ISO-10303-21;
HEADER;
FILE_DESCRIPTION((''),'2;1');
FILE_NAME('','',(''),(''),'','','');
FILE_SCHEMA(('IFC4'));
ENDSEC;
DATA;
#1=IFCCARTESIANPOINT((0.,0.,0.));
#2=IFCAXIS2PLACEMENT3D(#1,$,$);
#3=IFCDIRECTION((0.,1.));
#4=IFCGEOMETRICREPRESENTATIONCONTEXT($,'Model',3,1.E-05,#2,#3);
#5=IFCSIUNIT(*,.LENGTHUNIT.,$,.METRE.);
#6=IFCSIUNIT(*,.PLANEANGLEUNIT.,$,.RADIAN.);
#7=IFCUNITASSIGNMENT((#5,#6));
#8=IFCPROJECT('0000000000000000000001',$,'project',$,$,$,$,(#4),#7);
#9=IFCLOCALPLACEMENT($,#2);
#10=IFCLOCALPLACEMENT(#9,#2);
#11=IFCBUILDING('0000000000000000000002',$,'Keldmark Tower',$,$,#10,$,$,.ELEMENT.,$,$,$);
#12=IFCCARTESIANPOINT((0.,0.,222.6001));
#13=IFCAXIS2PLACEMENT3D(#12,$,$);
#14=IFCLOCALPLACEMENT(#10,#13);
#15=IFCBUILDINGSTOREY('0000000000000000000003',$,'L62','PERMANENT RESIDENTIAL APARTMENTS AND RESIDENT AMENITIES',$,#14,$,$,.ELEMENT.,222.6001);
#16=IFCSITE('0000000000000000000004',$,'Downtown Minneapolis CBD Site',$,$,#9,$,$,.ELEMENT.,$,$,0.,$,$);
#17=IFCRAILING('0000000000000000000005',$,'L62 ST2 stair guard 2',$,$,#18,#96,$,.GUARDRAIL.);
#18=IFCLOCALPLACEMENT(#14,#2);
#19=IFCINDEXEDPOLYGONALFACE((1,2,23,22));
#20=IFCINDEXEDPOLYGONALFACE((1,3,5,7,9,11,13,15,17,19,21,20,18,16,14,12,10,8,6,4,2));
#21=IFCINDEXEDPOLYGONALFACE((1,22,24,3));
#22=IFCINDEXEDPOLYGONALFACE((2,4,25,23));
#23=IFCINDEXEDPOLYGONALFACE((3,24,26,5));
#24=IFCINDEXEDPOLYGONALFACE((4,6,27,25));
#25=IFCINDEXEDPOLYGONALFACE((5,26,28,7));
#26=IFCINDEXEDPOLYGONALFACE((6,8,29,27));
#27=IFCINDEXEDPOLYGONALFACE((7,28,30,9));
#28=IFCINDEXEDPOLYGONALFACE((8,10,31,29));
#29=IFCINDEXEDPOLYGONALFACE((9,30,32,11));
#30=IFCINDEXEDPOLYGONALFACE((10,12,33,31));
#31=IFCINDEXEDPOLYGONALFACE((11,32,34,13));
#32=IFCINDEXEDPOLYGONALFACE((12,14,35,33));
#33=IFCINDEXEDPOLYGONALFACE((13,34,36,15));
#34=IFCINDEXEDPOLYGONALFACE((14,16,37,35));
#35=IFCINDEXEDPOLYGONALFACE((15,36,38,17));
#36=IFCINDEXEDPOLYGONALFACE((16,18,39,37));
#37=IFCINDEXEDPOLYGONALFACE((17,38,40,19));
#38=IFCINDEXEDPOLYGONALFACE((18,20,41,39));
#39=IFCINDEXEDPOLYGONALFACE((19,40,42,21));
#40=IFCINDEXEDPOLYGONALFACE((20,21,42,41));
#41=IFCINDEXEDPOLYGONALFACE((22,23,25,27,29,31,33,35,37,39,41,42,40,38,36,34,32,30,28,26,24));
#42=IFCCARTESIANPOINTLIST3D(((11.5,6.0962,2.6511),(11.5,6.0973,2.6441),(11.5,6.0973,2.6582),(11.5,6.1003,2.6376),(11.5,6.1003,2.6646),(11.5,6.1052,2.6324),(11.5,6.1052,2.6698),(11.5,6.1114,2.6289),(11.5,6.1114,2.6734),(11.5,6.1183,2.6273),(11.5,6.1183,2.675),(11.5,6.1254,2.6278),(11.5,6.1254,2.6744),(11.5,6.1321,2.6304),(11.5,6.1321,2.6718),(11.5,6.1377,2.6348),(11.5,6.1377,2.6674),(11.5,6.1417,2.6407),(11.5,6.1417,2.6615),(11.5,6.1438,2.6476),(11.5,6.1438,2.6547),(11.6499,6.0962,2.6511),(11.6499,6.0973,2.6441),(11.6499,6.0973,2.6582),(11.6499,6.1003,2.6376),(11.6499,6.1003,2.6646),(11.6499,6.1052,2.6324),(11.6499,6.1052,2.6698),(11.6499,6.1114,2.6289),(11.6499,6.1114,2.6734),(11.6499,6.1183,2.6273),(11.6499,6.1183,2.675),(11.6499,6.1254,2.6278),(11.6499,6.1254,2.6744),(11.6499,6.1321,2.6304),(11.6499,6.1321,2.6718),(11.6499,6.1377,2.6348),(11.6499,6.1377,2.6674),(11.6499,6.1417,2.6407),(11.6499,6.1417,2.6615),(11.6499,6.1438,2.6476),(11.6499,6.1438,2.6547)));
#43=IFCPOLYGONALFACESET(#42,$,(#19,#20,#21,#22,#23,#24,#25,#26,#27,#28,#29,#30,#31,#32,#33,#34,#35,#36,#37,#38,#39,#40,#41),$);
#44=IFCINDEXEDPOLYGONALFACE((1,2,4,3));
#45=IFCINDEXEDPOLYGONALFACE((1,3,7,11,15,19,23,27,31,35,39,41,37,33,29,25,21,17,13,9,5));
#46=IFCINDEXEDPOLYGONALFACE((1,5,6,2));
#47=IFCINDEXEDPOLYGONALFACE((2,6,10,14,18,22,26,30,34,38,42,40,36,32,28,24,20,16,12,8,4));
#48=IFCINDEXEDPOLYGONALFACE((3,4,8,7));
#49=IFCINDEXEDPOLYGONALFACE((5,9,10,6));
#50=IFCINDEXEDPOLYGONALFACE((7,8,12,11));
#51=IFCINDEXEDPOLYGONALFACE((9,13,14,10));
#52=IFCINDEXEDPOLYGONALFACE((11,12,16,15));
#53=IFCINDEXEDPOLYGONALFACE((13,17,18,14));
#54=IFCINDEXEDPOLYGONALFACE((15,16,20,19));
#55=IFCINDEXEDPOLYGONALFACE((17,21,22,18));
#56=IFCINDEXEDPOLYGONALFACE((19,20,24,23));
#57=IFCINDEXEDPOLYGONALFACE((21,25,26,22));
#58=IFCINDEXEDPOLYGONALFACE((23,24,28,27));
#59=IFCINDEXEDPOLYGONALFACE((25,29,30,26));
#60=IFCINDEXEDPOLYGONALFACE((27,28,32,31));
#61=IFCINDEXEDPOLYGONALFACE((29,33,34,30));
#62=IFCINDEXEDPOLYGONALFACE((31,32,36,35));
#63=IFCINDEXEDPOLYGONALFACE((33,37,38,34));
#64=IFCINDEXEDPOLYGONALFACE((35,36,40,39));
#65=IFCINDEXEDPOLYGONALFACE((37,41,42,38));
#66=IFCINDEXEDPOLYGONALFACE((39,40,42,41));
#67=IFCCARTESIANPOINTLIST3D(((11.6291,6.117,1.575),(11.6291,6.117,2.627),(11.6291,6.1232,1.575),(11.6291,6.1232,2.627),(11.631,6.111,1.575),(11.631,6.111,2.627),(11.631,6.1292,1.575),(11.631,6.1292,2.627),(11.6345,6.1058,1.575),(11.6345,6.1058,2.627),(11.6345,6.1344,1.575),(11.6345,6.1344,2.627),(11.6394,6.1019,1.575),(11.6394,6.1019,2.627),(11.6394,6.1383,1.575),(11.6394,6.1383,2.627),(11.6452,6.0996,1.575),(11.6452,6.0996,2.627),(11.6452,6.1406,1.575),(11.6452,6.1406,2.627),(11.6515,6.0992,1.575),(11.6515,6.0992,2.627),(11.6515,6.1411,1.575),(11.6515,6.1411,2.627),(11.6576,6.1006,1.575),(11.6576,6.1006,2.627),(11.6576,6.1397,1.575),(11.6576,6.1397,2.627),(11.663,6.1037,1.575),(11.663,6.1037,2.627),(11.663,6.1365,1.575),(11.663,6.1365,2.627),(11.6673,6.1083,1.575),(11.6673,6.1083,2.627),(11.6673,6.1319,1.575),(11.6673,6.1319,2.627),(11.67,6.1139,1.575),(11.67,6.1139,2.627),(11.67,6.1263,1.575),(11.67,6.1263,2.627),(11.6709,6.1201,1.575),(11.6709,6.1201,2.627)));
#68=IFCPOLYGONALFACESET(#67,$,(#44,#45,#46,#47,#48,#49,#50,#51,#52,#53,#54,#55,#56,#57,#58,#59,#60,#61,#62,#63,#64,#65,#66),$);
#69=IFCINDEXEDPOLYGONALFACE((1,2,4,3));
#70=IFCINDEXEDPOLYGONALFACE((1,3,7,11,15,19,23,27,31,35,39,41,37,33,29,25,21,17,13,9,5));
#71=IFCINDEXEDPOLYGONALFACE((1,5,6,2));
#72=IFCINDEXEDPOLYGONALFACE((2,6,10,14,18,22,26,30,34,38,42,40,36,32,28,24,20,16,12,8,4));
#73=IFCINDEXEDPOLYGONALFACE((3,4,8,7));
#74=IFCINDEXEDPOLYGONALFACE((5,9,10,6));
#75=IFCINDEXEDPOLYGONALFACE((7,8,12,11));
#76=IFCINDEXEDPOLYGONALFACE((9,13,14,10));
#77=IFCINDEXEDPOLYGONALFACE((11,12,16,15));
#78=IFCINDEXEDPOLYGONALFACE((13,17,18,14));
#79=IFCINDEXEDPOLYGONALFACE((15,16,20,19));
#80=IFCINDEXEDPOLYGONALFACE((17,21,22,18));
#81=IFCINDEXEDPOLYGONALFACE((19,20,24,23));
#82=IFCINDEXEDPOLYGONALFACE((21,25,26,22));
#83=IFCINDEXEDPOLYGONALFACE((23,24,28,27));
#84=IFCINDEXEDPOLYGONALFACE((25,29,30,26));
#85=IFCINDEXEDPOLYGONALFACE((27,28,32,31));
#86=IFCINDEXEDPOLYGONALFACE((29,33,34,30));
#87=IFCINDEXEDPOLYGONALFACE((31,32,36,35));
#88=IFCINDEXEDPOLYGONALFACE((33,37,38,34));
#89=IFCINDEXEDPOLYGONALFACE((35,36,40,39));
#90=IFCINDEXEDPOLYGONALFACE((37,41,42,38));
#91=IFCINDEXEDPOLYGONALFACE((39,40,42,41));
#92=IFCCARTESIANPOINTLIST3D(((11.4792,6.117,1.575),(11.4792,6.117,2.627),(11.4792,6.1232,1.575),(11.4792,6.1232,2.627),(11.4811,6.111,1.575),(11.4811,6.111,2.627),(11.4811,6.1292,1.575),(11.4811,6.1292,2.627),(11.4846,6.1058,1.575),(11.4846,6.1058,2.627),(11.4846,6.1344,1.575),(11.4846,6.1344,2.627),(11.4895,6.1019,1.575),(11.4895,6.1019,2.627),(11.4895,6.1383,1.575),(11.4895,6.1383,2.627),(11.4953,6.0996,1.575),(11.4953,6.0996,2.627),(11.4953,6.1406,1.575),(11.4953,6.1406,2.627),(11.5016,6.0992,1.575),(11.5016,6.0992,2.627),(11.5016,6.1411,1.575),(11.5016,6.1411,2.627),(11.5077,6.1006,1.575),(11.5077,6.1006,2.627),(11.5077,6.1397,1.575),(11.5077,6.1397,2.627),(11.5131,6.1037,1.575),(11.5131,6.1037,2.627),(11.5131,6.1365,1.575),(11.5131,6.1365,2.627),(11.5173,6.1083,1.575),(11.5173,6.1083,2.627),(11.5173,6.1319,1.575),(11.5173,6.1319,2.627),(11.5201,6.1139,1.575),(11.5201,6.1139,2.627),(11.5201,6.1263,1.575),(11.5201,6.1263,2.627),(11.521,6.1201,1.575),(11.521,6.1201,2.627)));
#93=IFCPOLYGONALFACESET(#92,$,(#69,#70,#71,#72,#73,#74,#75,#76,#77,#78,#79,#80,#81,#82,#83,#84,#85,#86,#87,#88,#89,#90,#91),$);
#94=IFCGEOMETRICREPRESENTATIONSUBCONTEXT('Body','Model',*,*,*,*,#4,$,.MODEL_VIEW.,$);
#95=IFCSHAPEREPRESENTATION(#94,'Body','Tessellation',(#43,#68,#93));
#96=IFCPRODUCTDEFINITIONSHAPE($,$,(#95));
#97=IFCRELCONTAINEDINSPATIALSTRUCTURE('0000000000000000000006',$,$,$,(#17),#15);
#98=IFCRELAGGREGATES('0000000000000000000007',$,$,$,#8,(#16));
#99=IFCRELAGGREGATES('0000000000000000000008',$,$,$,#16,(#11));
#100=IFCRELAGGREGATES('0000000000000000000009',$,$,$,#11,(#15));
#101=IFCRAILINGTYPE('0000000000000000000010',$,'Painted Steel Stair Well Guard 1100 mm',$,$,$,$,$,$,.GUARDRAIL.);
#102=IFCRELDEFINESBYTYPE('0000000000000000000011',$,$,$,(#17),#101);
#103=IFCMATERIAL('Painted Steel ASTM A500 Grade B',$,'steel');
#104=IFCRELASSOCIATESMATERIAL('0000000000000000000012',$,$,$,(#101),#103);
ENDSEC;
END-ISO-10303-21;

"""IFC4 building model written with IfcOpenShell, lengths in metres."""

from ifc_helpers import new_model, si_unit, direction, frame, origin, origin_2d, place, context, subcontext, project, spatial, circle, extrude, material, type_object, element, save


model = new_model("IFC4")

# Units and contexts
model_context = context("Model", 3, precision=1e-05, world=origin(), true_north=direction((0.0, 1.0)))
body_context = subcontext(model_context, "Body", "Model", "MODEL_VIEW")
ifc_project = project(units=[si_unit("LENGTHUNIT", "METRE"), si_unit("PLANEANGLEUNIT", "RADIAN")], contexts=[model_context])

# Site, building, storey
site_placement = place(None, origin())
site = spatial("IfcSite", under=ifc_project, at=site_placement, Name="Downtown Minneapolis CBD Site", CompositionType="ELEMENT", RefElevation=0.0)
building_placement = place(site_placement, origin())
building = spatial("IfcBuilding", under=site, at=building_placement, Name="Keldmark Tower", CompositionType="ELEMENT")
storey_placement = place(building_placement, frame((0.0, 0.0, 222.6001)))
storey = spatial("IfcBuildingStorey", under=building, at=storey_placement, Name="L62", Description="PERMANENT RESIDENTIAL APARTMENTS AND RESIDENT AMENITIES", CompositionType="ELEMENT", Elevation=222.6001)

# Railing
ifc_material_1 = material(Name="Painted Steel ASTM A500 Grade B", Category="steel")
railing_type_1 = type_object("IfcRailingType", Name="Painted Steel Stair Well Guard 1100 mm", PredefinedType="GUARDRAIL", material=ifc_material_1)
railing_1_placement = place(storey_placement, frame((11.6499, 6.1201, 1.575)))
element("IfcRailing", 1, at=railing_1_placement, inside=storey, type_object=railing_type_1, Name="L62 ST2 stair guard 2", PredefinedType="GUARDRAIL", context=body_context, shape_type="SweptSolid", body=[
    extrude(circle(Radius=0.0239, at=origin_2d()), frame((0.0, 0.0, 1.0762), z_axis=(-1.0, 0.0, 0.0), x_axis=(0.0, -1.0, 0.0)), (0.0, 0.0, 1.0), 0.1499),
    extrude(circle(Radius=0.021, at=origin_2d()), origin(), (0.0, 0.0, 1.0), 1.052),
    extrude(circle(Radius=0.021, at=origin_2d()), frame((-0.1499, 0.0, 0.0)), (0.0, 0.0, 1.0), 1.052),
])

save(model, "model.ifc")
